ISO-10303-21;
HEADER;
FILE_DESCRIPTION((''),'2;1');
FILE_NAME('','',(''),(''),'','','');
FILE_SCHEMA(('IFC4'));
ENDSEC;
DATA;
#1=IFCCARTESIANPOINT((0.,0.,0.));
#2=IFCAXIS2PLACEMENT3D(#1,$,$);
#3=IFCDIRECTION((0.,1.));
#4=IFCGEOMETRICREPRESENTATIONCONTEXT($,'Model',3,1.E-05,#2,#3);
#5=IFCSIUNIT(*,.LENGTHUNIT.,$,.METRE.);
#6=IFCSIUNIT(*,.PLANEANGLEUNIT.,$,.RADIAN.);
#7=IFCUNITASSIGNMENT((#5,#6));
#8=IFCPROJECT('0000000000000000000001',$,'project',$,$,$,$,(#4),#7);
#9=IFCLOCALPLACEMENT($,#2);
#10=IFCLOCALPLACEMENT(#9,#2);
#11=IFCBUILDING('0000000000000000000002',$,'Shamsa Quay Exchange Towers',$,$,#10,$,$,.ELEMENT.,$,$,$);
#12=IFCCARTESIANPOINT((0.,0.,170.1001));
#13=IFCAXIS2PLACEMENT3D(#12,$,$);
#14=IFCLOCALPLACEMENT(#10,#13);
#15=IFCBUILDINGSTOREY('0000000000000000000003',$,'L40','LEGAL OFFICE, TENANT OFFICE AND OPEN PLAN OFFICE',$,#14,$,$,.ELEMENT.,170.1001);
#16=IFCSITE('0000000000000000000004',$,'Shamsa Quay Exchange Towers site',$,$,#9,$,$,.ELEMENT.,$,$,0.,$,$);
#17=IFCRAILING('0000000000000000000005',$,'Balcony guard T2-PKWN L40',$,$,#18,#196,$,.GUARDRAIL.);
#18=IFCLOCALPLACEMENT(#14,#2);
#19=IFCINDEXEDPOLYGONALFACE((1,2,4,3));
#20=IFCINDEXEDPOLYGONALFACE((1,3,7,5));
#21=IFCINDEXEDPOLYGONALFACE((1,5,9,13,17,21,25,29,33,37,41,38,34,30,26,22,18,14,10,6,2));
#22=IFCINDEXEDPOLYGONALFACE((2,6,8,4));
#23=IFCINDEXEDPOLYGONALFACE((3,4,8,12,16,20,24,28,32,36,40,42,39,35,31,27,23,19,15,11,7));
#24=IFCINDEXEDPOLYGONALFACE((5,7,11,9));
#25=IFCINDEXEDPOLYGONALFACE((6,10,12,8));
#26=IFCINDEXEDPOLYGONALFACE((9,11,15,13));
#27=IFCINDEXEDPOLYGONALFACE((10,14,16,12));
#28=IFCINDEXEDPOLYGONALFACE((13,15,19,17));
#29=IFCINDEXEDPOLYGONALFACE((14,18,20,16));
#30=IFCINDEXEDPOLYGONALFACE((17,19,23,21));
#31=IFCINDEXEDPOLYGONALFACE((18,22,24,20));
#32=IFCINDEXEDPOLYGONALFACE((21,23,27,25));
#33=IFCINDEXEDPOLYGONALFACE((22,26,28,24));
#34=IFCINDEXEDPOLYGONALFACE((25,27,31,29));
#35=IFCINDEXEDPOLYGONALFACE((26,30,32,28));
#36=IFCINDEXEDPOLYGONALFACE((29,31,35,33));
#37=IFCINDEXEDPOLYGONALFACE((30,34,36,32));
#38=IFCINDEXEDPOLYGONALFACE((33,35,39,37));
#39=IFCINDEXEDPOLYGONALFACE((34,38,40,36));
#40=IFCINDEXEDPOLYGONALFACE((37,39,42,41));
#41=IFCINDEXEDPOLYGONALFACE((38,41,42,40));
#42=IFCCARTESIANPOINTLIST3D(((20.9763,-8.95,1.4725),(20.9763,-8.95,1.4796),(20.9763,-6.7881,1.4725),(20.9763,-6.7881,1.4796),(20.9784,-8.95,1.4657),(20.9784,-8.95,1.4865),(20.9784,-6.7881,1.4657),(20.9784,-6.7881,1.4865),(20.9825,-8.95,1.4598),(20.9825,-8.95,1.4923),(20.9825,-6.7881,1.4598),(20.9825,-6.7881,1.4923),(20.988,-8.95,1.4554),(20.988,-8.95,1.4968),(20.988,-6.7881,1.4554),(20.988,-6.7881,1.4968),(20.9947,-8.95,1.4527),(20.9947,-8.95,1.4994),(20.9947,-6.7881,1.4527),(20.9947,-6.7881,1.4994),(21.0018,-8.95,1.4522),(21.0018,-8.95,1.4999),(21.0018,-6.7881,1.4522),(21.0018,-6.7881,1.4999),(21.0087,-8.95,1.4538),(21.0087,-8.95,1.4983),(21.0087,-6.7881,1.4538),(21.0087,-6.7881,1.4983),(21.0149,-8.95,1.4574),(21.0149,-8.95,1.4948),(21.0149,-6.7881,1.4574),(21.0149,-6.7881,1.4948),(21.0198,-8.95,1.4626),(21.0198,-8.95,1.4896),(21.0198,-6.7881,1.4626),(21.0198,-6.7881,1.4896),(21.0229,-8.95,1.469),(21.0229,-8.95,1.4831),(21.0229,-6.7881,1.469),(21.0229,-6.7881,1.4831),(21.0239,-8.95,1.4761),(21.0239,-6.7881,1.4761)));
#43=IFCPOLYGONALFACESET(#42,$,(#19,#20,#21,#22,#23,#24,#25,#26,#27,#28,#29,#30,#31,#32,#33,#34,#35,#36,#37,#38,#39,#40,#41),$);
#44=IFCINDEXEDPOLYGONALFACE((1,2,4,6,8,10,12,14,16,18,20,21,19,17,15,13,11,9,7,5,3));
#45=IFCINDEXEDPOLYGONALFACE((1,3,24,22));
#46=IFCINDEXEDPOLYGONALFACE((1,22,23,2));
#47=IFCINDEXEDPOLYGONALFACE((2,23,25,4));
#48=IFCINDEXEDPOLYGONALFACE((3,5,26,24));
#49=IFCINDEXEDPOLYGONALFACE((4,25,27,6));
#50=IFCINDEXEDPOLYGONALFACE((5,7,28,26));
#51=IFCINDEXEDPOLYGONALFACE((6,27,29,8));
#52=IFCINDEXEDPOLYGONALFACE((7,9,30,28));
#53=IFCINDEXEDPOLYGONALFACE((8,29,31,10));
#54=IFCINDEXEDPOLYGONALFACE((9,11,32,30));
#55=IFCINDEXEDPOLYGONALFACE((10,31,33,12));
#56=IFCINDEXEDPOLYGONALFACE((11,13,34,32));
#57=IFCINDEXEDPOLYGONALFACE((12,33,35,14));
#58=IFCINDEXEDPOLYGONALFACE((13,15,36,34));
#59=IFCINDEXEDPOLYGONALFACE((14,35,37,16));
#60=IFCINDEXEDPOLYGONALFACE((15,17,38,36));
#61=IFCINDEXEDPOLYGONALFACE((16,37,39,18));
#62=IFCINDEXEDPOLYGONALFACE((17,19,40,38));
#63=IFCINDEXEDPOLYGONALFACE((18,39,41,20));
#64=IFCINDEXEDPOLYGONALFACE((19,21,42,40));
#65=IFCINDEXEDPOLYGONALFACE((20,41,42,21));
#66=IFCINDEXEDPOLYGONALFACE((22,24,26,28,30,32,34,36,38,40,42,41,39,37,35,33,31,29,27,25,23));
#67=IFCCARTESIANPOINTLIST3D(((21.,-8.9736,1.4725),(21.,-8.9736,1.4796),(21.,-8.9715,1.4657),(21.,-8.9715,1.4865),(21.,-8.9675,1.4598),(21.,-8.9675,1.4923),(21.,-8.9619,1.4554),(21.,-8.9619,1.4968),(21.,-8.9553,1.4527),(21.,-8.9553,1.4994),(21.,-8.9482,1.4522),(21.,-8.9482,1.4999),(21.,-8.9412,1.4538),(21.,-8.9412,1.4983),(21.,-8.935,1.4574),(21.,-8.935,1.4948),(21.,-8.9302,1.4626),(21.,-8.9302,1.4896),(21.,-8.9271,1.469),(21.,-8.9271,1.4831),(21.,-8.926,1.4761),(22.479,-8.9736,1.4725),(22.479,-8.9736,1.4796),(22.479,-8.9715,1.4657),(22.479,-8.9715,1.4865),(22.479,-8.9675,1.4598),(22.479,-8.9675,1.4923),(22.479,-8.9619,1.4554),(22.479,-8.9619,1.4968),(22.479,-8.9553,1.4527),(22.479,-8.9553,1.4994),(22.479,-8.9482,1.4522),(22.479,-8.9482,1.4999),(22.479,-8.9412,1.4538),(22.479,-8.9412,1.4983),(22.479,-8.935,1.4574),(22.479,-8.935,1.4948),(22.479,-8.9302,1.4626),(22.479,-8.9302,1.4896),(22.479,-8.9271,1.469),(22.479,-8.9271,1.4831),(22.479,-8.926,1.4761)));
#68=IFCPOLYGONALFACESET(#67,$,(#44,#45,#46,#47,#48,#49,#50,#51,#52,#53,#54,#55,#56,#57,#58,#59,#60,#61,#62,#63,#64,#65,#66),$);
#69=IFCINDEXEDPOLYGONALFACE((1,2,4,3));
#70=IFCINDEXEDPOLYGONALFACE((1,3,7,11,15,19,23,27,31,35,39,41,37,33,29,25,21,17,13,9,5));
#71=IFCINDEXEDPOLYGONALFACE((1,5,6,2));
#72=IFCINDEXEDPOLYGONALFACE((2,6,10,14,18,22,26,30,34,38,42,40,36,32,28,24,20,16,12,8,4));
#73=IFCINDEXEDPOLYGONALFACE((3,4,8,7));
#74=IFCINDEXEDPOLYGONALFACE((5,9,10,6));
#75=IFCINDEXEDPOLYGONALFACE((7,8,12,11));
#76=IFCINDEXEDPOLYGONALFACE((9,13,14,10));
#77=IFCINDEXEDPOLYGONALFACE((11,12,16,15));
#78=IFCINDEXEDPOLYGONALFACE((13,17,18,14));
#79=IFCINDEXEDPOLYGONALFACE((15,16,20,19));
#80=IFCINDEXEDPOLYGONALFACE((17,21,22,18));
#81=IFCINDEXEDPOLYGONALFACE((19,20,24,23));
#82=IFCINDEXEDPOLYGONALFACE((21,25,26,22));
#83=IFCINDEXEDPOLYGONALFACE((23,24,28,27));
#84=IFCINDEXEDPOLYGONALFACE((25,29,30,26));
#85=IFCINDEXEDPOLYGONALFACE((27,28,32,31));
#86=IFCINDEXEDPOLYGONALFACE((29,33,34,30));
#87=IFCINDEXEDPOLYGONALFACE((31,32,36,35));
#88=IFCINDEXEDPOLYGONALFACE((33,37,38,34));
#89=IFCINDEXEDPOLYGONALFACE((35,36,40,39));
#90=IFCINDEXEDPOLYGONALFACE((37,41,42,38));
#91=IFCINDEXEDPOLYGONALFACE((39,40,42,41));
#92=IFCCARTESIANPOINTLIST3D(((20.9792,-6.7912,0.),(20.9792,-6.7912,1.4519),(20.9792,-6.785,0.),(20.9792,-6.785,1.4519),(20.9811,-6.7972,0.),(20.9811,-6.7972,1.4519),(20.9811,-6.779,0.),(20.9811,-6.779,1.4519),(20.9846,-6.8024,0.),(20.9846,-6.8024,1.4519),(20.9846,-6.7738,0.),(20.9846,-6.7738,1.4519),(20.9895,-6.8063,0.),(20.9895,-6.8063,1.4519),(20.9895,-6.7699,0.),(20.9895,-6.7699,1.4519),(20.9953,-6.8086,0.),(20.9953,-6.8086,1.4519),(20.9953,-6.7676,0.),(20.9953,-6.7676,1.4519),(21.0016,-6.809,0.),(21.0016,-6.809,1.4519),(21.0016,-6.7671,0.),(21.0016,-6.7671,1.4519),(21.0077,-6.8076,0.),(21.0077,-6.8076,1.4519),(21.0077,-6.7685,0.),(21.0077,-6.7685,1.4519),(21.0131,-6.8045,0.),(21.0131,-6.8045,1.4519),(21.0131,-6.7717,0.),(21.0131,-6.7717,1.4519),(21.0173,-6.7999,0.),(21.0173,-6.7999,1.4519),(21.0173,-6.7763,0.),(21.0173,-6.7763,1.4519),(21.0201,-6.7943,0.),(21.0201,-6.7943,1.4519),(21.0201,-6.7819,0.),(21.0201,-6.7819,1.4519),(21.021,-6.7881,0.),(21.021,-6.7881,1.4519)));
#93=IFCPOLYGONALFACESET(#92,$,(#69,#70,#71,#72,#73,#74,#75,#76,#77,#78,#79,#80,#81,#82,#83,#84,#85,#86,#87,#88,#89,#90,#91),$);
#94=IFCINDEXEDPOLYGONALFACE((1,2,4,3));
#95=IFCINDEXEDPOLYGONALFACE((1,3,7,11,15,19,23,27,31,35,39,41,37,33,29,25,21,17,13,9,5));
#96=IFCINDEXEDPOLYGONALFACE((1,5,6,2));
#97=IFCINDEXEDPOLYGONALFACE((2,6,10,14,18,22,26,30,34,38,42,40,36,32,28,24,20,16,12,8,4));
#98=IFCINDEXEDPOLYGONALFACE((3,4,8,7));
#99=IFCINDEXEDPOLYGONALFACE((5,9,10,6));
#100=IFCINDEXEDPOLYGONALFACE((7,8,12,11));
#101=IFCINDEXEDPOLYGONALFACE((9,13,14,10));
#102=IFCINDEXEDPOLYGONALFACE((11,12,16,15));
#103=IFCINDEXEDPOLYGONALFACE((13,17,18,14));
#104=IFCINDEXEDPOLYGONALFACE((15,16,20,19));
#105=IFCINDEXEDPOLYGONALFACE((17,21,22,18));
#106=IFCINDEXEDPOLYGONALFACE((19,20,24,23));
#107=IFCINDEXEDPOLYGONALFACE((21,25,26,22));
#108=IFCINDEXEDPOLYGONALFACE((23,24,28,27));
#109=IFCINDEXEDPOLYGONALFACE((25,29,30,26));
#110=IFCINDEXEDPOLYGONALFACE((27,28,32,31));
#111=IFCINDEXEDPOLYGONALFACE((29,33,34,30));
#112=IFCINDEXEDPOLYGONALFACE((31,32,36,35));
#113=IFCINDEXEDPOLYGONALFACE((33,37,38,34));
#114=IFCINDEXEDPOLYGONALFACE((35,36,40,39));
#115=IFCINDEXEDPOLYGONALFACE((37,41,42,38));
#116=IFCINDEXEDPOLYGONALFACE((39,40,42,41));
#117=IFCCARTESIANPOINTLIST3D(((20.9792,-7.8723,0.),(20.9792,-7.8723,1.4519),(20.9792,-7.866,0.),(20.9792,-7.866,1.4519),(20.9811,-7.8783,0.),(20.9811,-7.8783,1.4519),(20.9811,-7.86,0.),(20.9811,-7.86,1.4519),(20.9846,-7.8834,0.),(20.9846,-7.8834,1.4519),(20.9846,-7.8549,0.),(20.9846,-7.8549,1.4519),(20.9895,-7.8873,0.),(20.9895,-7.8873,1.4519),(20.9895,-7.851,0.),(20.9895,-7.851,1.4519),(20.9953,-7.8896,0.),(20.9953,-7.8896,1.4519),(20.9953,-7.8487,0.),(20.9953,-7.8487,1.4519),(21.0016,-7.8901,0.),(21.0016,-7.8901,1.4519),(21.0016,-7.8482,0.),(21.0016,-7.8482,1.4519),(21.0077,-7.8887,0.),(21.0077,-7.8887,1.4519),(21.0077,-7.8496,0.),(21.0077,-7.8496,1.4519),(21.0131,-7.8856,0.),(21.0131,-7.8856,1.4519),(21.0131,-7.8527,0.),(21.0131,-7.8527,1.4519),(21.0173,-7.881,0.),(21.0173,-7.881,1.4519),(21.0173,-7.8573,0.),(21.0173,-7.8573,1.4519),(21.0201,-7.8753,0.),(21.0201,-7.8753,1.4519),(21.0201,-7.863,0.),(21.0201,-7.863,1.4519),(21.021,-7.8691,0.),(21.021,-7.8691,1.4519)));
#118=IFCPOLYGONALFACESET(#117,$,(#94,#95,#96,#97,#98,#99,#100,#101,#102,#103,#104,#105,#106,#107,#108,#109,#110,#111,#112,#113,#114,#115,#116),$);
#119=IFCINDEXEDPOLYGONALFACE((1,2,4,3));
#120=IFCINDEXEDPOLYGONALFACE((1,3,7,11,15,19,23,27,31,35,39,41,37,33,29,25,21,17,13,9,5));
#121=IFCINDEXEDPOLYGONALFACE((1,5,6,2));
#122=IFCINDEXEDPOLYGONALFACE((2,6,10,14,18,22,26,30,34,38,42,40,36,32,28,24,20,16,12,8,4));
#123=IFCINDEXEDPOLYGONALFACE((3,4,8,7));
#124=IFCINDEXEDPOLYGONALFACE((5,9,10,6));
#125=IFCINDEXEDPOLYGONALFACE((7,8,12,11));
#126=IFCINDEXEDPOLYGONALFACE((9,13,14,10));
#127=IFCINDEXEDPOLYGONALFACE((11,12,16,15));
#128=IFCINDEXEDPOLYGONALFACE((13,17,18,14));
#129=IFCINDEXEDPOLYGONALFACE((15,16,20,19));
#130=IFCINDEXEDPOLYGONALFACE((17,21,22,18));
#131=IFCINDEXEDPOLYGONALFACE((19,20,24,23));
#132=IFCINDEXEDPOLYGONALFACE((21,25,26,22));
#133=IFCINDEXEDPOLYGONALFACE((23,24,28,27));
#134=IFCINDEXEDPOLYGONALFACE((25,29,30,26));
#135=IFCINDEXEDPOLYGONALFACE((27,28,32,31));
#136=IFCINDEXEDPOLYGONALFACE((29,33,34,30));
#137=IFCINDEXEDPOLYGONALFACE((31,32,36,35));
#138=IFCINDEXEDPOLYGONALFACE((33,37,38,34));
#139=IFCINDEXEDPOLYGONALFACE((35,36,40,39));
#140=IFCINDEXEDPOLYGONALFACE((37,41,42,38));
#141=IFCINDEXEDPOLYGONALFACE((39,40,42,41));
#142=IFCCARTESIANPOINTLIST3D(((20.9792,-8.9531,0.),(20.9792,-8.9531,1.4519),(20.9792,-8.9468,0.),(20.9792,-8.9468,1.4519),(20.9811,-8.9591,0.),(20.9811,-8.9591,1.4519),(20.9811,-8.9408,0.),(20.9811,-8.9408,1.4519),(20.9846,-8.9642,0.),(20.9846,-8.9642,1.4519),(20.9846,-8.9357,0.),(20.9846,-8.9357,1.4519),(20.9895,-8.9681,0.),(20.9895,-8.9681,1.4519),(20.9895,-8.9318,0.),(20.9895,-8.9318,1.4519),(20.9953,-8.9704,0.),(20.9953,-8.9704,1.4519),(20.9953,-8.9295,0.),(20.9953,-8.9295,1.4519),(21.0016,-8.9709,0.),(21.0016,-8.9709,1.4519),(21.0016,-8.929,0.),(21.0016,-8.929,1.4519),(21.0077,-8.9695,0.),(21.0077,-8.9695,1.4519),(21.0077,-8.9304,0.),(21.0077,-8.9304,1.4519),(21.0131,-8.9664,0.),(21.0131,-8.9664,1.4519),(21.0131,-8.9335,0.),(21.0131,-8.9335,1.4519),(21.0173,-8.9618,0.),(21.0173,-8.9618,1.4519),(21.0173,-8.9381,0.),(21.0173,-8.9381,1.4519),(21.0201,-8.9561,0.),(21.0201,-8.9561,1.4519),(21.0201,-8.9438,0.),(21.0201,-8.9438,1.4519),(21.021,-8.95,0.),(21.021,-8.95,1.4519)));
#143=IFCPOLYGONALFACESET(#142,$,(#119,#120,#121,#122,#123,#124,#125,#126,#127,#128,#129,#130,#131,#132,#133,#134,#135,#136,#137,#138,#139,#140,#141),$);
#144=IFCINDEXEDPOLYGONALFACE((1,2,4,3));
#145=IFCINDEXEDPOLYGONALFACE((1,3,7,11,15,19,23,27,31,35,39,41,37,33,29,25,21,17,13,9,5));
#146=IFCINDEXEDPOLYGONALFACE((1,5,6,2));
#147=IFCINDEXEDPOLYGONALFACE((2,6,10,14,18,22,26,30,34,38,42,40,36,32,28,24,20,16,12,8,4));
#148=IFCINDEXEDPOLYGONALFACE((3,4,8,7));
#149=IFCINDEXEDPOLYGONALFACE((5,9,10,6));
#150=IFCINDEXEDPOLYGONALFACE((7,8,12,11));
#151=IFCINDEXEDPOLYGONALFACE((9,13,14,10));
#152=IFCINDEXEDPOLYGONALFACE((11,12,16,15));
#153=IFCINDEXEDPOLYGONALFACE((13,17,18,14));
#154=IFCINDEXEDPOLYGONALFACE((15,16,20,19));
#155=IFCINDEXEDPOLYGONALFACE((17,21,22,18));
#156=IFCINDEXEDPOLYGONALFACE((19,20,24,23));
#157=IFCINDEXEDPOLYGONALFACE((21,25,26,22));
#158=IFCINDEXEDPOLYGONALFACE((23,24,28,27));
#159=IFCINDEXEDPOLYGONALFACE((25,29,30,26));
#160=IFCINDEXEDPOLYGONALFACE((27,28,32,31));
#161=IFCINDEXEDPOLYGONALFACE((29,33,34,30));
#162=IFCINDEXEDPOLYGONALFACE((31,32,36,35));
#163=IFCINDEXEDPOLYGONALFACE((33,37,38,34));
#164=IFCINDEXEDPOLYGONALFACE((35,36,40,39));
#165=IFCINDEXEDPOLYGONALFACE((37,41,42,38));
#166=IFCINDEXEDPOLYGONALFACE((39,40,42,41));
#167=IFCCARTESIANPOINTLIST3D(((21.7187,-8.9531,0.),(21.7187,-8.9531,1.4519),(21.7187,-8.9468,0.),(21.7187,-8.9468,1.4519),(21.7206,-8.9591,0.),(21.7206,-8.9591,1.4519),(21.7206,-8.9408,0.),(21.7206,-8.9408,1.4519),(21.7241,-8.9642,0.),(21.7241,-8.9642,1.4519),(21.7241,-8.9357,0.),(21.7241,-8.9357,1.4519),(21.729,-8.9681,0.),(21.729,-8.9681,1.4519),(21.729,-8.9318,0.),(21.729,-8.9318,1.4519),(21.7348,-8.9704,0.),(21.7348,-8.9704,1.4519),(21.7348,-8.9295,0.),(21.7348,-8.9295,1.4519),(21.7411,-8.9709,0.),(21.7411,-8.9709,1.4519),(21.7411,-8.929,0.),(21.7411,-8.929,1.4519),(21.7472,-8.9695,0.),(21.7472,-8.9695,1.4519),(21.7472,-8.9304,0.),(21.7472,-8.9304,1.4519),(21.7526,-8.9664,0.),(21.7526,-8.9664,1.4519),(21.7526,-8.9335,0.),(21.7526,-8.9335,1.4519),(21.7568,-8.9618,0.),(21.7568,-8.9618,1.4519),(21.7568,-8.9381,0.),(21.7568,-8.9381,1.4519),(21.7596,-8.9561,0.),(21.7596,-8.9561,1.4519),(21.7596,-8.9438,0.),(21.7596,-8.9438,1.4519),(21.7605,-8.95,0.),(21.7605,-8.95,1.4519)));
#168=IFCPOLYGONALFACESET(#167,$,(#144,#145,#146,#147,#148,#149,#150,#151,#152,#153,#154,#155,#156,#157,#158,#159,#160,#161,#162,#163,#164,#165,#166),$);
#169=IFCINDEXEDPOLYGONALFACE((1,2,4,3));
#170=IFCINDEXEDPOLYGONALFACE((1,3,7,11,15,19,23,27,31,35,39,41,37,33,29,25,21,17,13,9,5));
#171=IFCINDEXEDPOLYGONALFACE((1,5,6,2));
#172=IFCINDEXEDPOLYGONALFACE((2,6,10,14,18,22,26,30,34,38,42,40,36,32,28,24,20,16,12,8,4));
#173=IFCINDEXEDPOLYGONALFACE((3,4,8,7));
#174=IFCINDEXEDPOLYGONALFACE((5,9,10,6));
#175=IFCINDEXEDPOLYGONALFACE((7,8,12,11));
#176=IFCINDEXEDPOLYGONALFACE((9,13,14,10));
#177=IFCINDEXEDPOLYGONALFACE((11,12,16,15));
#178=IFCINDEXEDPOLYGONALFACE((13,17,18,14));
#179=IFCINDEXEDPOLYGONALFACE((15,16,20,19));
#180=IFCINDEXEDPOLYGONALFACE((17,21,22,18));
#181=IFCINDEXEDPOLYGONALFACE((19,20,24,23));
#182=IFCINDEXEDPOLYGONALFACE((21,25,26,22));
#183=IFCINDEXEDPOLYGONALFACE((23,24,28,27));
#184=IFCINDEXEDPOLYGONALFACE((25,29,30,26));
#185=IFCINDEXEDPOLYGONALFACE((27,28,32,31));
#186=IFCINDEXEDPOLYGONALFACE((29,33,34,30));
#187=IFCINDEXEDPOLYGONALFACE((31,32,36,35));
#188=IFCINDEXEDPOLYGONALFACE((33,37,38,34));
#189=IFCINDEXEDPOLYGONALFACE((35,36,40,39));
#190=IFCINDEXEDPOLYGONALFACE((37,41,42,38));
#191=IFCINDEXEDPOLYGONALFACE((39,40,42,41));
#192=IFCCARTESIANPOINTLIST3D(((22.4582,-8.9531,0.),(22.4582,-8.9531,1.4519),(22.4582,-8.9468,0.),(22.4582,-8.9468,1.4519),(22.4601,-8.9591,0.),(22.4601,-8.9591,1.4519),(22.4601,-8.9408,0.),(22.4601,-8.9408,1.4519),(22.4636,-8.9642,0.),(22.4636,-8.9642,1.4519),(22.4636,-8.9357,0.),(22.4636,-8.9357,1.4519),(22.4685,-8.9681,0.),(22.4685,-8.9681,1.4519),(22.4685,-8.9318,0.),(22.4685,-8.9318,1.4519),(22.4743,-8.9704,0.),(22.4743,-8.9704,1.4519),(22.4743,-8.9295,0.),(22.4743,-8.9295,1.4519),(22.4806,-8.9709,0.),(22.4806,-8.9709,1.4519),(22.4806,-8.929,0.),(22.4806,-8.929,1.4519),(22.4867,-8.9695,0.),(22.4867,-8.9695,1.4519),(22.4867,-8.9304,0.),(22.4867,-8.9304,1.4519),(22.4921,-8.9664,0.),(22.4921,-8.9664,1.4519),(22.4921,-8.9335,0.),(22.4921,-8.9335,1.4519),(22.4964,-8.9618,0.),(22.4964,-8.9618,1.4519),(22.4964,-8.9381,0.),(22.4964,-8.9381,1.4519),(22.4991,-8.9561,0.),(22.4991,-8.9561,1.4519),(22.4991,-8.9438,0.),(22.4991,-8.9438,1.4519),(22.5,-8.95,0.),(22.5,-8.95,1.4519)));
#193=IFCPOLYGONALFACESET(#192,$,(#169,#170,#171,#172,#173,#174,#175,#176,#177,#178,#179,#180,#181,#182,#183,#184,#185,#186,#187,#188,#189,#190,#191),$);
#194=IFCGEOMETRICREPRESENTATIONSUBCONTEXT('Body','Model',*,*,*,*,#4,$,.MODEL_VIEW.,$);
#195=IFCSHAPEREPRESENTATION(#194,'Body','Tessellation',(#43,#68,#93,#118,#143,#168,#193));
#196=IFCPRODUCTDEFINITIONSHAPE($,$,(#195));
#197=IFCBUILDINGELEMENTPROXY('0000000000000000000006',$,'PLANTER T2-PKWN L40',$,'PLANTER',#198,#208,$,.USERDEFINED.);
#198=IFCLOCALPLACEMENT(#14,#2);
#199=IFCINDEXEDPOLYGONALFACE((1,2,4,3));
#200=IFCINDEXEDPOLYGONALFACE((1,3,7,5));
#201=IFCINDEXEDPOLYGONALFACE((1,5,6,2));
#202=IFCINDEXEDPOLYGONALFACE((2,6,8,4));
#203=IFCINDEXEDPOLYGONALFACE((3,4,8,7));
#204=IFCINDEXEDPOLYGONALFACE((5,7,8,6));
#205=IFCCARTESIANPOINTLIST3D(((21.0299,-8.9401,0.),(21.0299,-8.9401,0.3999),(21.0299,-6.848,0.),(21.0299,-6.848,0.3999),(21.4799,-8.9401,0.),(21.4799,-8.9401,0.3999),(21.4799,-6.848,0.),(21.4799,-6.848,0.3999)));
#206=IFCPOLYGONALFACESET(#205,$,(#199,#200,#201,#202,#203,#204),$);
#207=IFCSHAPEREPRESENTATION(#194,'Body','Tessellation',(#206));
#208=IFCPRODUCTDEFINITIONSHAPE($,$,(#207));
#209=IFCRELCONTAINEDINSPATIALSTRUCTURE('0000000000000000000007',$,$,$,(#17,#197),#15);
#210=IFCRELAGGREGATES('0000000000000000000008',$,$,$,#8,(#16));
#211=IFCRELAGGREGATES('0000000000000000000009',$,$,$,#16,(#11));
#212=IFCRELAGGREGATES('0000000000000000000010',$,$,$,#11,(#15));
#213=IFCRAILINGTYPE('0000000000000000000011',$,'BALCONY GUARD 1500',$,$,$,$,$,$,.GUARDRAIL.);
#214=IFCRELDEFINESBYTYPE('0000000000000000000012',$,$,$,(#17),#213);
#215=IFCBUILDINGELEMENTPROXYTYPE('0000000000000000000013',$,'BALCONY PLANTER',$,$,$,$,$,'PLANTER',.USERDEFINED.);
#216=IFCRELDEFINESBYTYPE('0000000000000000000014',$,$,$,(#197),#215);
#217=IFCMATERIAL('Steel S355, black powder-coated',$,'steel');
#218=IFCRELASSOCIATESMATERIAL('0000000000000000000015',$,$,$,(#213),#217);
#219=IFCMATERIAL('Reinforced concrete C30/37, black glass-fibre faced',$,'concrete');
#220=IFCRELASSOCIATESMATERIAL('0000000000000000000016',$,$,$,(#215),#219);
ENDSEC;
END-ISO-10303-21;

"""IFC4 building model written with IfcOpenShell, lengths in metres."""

from ifc_helpers import new_model, si_unit, direction, frame, origin, origin_2d, place, context, subcontext, project, spatial, rectangle, circle, extrude, material, type_object, element, save


model = new_model("IFC4")

# Units and contexts
model_context = context("Model", 3, precision=1e-05, world=origin(), true_north=direction((0.0, 1.0)))
body_context = subcontext(model_context, "Body", "Model", "MODEL_VIEW")
ifc_project = project(units=[si_unit("LENGTHUNIT", "METRE"), si_unit("PLANEANGLEUNIT", "RADIAN")], contexts=[model_context])

# Site, building, storey
site_placement = place(None, origin())
site = spatial("IfcSite", under=ifc_project, at=site_placement, Name="Shamsa Quay Exchange Towers site", CompositionType="ELEMENT", RefElevation=0.0)
building_placement = place(site_placement, origin())
building = spatial("IfcBuilding", under=site, at=building_placement, Name="Shamsa Quay Exchange Towers", CompositionType="ELEMENT")
storey_placement = place(building_placement, frame((0.0, 0.0, 170.1001)))
storey = spatial("IfcBuildingStorey", under=building, at=storey_placement, Name="L40", Description="LEGAL OFFICE, TENANT OFFICE AND OPEN PLAN OFFICE", CompositionType="ELEMENT", Elevation=170.1001)

# Railing
ifc_material_1 = material(Name="Steel S355, black powder-coated", Category="steel")
railing_type_1 = type_object("IfcRailingType", Name="BALCONY GUARD 1500", PredefinedType="GUARDRAIL", material=ifc_material_1)
railing_1_placement = place(storey_placement, frame((21.0, -6.7881, 0.0)))
element("IfcRailing", 1, at=railing_1_placement, inside=storey, type_object=railing_type_1, Name="Balcony guard T2-PKWN L40", PredefinedType="GUARDRAIL", context=body_context, shape_type="SweptSolid", body=[
    extrude(circle(Radius=0.0239, at=origin_2d()), frame((0.0, 0.0, 1.4761), z_axis=(0.0, -1.0, 0.0), x_axis=(1.0, 0.0, 0.0)), (0.0, 0.0, 1.0), 2.1619),
    extrude(circle(Radius=0.0239, at=origin_2d()), frame((0.0, -2.1619, 1.4761), z_axis=(1.0, 0.0, 0.0), x_axis=(0.0, 1.0, 0.0)), (0.0, 0.0, 1.0), 1.479),
    extrude(circle(Radius=0.021, at=origin_2d()), origin(), (0.0, 0.0, 1.0), 1.4519),
    extrude(circle(Radius=0.021, at=origin_2d()), frame((0.0, -1.0811, 0.0)), (0.0, 0.0, 1.0), 1.4519),
    extrude(circle(Radius=0.021, at=origin_2d()), frame((0.0, -2.1619, 0.0)), (0.0, 0.0, 1.0), 1.4519),
    extrude(circle(Radius=0.021, at=origin_2d()), frame((0.7395, -2.1619, 0.0)), (0.0, 0.0, 1.0), 1.4519),
    extrude(circle(Radius=0.021, at=origin_2d()), frame((1.479, -2.1619, 0.0)), (0.0, 0.0, 1.0), 1.4519),
])

# Building element proxy
ifc_material_2 = material(Name="Reinforced concrete C30/37, black glass-fibre faced", Category="concrete")
building_element_proxy_type = type_object("IfcBuildingElementProxyType", Name="BALCONY PLANTER", ElementType="PLANTER", PredefinedType="USERDEFINED", material=ifc_material_2)
proxy_placement = place(storey_placement, frame((21.2549, -7.894, 0.0), z_axis=(0.0, 0.0, 1.0), x_axis=(0.0, -1.0, 0.0)))
element("IfcBuildingElementProxy", 2, at=proxy_placement, inside=storey, type_object=building_element_proxy_type, Name="PLANTER T2-PKWN L40", ObjectType="PLANTER", PredefinedType="USERDEFINED", context=body_context, shape_type="SweptSolid", body=[
    extrude(rectangle(XDim=2.092, YDim=0.45, at=origin_2d()), origin(), (0.0, 0.0, 1.0), 0.3999),
])

save(model, "model.ifc")
